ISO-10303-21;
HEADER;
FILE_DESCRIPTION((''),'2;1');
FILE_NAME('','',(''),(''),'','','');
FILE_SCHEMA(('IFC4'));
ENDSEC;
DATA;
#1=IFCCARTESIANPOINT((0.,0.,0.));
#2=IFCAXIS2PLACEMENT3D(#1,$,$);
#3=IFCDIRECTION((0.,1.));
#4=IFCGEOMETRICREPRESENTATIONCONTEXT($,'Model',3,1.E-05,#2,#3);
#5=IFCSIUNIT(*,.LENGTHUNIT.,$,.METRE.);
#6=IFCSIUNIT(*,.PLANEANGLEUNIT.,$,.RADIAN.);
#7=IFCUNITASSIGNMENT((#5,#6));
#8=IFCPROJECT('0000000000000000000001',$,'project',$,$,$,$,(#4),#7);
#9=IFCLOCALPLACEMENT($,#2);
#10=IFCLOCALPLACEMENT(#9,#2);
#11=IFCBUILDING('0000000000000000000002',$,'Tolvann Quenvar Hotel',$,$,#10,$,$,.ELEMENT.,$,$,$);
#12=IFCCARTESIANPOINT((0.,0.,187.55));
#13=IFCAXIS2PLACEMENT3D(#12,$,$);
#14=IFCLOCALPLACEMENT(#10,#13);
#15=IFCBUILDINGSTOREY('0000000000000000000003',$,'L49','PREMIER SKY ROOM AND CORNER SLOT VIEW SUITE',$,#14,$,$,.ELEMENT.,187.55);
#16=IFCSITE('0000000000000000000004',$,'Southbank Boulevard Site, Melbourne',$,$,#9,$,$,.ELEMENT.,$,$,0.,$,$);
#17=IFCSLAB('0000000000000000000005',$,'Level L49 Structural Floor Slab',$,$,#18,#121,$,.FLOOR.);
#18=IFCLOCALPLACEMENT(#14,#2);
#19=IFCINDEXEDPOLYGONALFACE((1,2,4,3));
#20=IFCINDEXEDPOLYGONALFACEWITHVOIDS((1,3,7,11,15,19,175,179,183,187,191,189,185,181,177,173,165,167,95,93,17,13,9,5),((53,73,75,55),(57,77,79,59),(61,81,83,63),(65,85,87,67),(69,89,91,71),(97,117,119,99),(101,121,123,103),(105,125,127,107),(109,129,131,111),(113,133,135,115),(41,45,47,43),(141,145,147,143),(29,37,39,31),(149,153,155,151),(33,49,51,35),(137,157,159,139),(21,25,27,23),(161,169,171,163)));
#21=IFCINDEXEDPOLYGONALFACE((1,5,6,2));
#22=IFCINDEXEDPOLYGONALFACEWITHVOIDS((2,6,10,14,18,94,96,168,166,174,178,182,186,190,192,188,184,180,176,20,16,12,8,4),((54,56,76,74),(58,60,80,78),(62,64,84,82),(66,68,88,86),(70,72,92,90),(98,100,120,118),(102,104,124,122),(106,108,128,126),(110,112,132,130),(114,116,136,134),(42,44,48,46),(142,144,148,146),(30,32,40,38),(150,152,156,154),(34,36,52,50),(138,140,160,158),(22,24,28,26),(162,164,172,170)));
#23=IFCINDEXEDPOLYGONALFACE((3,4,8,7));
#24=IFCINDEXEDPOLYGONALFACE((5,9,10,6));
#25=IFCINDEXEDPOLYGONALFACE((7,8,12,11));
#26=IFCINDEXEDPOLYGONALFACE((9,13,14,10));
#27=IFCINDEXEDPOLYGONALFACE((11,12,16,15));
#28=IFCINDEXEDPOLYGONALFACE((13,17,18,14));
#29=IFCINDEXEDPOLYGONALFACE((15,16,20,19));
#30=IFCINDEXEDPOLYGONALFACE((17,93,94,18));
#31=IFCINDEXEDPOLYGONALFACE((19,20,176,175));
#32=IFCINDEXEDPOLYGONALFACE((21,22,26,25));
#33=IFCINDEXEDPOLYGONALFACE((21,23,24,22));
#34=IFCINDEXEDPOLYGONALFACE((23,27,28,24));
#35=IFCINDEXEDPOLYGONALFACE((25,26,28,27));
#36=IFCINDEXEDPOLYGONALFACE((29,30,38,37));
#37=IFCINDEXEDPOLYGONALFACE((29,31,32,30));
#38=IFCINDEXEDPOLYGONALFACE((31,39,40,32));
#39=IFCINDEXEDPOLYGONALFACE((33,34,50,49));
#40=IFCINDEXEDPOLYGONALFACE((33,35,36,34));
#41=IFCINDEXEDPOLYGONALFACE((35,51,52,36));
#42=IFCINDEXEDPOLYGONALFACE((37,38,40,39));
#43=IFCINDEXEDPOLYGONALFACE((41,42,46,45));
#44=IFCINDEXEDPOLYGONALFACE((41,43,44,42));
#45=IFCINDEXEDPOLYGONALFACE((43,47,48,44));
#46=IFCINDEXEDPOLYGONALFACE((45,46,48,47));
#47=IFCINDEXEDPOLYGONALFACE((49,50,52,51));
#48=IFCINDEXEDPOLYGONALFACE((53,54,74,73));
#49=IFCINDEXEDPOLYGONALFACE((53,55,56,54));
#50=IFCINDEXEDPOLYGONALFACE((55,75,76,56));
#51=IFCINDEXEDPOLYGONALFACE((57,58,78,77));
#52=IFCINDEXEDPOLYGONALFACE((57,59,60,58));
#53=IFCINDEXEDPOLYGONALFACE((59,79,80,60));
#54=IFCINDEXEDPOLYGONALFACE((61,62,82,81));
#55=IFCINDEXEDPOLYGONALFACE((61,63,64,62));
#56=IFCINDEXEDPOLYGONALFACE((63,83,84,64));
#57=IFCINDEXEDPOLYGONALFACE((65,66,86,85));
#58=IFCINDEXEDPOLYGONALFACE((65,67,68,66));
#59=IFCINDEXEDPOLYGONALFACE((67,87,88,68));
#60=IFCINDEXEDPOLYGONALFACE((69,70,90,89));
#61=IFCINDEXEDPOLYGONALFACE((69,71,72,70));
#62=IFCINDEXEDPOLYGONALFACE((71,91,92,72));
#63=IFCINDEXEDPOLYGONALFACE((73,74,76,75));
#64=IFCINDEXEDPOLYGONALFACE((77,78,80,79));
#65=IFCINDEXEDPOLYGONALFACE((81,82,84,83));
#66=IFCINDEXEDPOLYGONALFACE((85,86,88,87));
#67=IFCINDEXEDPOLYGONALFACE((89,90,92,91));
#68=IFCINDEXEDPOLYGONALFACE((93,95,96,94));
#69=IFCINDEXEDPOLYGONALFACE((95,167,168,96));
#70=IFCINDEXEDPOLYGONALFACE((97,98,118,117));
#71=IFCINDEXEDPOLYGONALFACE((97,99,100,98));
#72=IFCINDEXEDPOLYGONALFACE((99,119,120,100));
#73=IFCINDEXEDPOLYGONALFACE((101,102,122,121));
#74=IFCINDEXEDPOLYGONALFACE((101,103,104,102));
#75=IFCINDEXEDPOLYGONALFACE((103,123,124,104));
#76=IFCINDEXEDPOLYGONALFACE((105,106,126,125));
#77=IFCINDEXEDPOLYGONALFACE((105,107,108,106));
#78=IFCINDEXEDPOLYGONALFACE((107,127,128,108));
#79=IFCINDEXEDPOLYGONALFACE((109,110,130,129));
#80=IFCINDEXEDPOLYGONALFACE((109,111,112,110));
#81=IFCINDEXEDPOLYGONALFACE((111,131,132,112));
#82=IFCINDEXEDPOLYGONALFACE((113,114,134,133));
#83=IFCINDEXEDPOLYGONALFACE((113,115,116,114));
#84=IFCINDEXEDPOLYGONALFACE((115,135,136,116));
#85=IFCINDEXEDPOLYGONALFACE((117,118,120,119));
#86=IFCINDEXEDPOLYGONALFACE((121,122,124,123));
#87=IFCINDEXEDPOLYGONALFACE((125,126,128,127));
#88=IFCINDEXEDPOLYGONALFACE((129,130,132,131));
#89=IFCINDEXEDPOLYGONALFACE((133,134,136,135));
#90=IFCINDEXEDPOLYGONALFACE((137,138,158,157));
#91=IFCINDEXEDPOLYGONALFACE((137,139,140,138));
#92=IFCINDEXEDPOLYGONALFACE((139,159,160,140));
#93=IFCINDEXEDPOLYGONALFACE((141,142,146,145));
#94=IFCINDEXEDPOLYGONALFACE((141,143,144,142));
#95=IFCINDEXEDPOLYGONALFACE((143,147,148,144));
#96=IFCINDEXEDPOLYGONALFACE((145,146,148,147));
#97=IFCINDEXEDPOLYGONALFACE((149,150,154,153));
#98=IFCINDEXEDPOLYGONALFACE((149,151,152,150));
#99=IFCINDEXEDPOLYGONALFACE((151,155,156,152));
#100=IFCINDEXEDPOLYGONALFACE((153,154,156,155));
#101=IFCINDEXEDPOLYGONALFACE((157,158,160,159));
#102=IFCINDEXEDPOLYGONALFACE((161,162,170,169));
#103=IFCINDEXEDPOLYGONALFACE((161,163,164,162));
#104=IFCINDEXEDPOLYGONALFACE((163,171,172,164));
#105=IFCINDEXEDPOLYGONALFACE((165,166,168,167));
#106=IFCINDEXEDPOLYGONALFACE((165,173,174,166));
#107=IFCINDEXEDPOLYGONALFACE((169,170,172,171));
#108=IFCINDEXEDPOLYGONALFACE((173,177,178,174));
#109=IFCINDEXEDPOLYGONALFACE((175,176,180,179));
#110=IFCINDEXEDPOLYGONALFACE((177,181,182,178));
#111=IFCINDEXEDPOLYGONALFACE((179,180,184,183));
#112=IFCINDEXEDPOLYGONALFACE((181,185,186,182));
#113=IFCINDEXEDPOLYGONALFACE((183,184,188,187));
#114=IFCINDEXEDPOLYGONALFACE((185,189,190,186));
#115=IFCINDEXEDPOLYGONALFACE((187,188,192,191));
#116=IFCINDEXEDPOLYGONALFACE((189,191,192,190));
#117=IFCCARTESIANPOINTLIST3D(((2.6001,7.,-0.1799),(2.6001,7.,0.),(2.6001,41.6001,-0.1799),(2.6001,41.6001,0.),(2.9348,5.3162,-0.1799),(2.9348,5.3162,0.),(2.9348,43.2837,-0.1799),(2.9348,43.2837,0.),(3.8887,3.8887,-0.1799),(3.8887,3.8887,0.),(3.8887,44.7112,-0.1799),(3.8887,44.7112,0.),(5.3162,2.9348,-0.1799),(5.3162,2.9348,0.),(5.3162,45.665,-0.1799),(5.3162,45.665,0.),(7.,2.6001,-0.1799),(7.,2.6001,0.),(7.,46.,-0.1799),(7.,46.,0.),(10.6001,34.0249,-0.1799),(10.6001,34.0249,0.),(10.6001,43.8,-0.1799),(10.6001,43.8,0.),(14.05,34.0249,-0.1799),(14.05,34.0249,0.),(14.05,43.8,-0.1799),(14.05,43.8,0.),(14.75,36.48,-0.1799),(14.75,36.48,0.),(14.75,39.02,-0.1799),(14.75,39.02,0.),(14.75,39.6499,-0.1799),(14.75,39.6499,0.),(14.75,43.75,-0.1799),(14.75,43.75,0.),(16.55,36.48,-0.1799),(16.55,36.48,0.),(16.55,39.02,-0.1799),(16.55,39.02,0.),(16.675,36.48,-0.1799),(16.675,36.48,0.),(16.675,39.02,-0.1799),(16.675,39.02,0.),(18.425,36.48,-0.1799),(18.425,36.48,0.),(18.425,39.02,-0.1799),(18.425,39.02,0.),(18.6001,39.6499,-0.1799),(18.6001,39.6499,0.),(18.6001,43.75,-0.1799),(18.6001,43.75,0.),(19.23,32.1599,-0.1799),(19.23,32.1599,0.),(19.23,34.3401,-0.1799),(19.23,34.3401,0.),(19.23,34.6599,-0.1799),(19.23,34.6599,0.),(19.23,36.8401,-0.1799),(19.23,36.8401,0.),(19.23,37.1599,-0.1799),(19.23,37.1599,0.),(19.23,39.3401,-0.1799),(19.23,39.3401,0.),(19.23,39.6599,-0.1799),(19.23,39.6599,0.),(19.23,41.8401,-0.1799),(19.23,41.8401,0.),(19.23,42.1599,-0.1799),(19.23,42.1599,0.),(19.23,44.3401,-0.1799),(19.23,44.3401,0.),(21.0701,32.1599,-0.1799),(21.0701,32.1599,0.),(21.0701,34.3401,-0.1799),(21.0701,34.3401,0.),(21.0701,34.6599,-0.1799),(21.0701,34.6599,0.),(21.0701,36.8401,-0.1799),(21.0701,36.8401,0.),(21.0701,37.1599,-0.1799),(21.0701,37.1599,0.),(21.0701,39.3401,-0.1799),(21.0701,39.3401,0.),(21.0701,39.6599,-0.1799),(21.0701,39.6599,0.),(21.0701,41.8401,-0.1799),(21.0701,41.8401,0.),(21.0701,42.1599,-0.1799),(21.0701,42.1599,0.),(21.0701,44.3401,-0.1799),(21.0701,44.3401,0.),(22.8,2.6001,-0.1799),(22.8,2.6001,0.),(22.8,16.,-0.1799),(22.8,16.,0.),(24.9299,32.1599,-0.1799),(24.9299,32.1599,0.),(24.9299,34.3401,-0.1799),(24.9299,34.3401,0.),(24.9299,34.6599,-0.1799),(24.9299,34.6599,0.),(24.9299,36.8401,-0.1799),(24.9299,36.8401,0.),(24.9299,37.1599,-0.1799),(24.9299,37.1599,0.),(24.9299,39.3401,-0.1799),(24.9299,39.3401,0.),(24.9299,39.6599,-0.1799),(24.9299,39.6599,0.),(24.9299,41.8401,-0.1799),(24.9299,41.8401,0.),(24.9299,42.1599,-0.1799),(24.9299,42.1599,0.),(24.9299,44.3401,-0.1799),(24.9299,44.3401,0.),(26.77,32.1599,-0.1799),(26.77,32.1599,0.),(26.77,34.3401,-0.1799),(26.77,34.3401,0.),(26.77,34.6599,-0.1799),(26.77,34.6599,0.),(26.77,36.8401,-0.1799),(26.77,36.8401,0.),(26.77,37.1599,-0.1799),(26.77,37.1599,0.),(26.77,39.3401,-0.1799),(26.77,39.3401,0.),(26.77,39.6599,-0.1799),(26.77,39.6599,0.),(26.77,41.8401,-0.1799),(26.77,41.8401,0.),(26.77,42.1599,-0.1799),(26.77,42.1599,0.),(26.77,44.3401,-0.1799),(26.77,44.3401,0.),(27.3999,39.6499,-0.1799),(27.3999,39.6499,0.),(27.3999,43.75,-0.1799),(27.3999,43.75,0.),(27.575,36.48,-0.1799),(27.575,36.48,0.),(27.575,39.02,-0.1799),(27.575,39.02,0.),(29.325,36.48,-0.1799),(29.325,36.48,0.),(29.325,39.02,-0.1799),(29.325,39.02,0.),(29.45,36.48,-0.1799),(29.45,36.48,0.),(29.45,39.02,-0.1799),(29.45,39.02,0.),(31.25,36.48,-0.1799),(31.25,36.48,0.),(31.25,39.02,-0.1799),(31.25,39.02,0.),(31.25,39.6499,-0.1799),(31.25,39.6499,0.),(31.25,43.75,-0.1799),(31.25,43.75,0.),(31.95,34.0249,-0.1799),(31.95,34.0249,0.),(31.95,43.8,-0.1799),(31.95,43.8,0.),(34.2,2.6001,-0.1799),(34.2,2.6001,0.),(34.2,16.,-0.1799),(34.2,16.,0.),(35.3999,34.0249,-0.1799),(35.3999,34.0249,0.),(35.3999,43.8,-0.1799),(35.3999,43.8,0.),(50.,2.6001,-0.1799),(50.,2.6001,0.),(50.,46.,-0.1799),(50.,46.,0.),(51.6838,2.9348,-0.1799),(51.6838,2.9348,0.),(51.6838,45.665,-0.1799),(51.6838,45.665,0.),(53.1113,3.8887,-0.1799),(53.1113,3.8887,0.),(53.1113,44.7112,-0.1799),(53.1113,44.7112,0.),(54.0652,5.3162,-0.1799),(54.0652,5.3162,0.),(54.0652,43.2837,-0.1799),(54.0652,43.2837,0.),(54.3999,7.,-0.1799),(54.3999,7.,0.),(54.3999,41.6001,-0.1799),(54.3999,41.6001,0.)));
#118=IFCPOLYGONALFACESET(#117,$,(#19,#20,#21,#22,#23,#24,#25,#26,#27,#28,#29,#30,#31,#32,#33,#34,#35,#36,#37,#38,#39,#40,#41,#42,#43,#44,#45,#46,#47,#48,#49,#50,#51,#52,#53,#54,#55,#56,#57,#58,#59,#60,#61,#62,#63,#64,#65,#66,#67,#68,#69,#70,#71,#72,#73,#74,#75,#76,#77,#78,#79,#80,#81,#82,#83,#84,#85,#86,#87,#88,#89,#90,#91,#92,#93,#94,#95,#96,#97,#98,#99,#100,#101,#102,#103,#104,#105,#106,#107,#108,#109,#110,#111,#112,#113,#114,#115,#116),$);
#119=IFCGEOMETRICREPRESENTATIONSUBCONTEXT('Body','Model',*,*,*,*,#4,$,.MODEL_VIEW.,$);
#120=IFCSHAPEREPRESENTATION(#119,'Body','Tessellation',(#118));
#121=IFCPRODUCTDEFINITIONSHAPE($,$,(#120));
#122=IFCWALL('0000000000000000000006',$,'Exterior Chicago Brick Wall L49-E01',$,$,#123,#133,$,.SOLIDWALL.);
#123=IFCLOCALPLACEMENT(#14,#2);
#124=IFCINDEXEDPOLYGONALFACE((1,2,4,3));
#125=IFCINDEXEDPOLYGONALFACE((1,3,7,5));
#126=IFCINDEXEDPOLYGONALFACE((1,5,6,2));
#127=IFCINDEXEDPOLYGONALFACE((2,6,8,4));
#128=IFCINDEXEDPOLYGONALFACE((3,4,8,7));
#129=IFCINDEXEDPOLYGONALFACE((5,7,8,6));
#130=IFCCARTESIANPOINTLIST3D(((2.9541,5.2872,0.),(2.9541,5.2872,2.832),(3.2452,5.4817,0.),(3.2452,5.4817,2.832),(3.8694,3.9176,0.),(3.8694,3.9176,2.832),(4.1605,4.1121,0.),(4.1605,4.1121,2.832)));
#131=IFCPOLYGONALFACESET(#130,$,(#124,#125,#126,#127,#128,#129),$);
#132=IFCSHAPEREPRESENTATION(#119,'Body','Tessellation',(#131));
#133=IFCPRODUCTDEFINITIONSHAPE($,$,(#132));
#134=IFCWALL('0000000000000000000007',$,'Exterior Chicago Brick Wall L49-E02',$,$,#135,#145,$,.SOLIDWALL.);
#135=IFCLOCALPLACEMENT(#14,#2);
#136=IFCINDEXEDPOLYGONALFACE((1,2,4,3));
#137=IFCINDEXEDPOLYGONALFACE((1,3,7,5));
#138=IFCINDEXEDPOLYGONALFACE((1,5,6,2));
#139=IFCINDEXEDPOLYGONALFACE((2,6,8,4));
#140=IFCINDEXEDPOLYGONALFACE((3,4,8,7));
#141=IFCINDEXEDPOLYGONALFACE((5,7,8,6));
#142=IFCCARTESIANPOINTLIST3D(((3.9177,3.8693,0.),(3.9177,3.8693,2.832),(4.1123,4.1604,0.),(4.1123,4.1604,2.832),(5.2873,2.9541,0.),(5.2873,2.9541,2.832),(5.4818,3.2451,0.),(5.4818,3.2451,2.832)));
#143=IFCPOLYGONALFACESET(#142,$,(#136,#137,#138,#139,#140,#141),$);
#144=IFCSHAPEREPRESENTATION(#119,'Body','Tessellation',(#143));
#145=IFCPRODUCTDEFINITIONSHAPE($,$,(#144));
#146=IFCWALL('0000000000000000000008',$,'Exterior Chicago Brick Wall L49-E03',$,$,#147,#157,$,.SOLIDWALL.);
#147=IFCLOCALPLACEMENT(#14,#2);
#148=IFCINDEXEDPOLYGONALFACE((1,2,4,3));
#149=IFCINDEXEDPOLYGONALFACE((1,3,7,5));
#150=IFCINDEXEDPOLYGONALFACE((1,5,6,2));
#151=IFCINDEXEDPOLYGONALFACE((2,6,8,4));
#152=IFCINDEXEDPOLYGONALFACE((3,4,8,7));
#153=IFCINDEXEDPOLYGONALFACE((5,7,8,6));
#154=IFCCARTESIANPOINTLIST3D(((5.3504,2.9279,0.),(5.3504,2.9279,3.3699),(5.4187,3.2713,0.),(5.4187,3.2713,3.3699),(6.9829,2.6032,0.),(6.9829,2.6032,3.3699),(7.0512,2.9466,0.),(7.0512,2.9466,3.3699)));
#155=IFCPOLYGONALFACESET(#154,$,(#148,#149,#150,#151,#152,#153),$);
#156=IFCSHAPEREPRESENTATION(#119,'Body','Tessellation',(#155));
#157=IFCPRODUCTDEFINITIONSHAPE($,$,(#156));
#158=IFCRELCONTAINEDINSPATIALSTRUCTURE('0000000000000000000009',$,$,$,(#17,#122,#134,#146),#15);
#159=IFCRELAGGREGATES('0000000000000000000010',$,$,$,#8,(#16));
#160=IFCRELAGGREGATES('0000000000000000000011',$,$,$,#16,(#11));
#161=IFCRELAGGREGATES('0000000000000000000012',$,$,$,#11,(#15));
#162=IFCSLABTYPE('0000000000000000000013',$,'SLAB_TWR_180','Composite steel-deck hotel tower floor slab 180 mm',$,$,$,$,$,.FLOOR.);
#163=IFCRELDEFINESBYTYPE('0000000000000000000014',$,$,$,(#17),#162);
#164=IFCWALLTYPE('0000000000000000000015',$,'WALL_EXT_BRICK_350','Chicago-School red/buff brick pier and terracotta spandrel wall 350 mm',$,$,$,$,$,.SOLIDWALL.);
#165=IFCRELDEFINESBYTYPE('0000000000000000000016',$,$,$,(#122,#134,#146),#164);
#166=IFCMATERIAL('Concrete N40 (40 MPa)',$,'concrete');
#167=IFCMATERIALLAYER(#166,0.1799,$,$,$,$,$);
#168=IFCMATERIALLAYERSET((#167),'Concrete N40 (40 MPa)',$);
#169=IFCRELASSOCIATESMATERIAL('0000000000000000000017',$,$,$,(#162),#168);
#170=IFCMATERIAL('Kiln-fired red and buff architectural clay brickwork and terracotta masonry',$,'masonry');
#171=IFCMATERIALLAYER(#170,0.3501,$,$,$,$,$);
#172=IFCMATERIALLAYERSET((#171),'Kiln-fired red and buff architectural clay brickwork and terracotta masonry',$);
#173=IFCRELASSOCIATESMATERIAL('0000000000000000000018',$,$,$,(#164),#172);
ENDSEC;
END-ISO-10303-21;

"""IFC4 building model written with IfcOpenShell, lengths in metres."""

from ifc_helpers import new_model, si_unit, direction, frame, frame_2d, origin, place, context, subcontext, project, spatial, polyline, rectangle, outline, extrude, material, layer, layer_set, type_object, element, save


model = new_model("IFC4")

# Units and contexts
model_context = context("Model", 3, precision=1e-05, world=origin(), true_north=direction((0.0, 1.0)))
body_context = subcontext(model_context, "Body", "Model", "MODEL_VIEW")
ifc_project = project(units=[si_unit("LENGTHUNIT", "METRE"), si_unit("PLANEANGLEUNIT", "RADIAN")], contexts=[model_context])

# Site, building, storey
site_placement = place(None, origin())
site = spatial("IfcSite", under=ifc_project, at=site_placement, Name="Southbank Boulevard Site, Melbourne", CompositionType="ELEMENT", RefElevation=0.0)
building_placement = place(site_placement, origin())
building = spatial("IfcBuilding", under=site, at=building_placement, Name="Tolvann Quenvar Hotel", CompositionType="ELEMENT")
storey_placement = place(building_placement, frame((0.0, 0.0, 187.55)))
storey = spatial("IfcBuildingStorey", under=building, at=storey_placement, Name="L49", Description="PREMIER SKY ROOM AND CORNER SLOT VIEW SUITE", CompositionType="ELEMENT", Elevation=187.55)

# Shared definitions
ifc_material_1 = material(Name="Concrete N40 (40 MPa)", Category="concrete")

# Slab
ifc_layer_1 = layer(ifc_material_1, 0.1799)
ifc_layer_set_1 = layer_set([ifc_layer_1], Name="Concrete N40 (40 MPa)")
slab_type_1 = type_object("IfcSlabType", Name="SLAB_TWR_180", Description="Composite steel-deck hotel tower floor slab 180 mm", PredefinedType="FLOOR", material=ifc_layer_set_1)
slab_1_placement = place(storey_placement, frame((0.0, 0.0, -0.1799)))
element("IfcSlab", 1, at=slab_1_placement, inside=storey, type_object=slab_type_1, Name="Level L49 Structural Floor Slab", PredefinedType="FLOOR", context=body_context, shape_type="SweptSolid", body=[
    extrude(outline(polyline([(2.6001, 7.0), (2.9348, 5.3162), (3.8887, 3.8887), (5.3162, 2.9348), (7.0, 2.6001), (22.8, 2.6001), (22.8, 16.0), (34.2, 16.0), (34.2, 2.6001), (50.0, 2.6001), (51.6838, 2.9348), (53.1113, 3.8887), (54.0652, 5.3162), (54.3999, 7.0), (54.3999, 41.6001), (54.0652, 43.2837), (53.1113, 44.7112), (51.6838, 45.665), (50.0, 46.0), (7.0, 46.0), (5.3162, 45.665), (3.8887, 44.7112), (2.9348, 43.2837), (2.6001, 41.6001), (2.6001, 7.0)]), holes=[polyline([(31.95, 34.0249), (31.95, 43.8), (35.3999, 43.8), (35.3999, 34.0249), (31.95, 34.0249)]), polyline([(29.45, 39.02), (31.25, 39.02), (31.25, 36.48), (29.45, 36.48), (29.45, 39.02)]), polyline([(31.25, 43.75), (31.25, 39.6499), (27.3999, 39.6499), (27.3999, 43.75), (31.25, 43.75)]), polyline([(27.575, 39.02), (29.325, 39.02), (29.325, 36.48), (27.575, 36.48), (27.575, 39.02)]), polyline([(26.77, 44.3401), (26.77, 42.1599), (24.9299, 42.1599), (24.9299, 44.3401), (26.77, 44.3401)]), polyline([(24.9299, 41.8401), (26.77, 41.8401), (26.77, 39.6599), (24.9299, 39.6599), (24.9299, 41.8401)]), polyline([(24.9299, 39.3401), (26.77, 39.3401), (26.77, 37.1599), (24.9299, 37.1599), (24.9299, 39.3401)]), polyline([(24.9299, 36.8401), (26.77, 36.8401), (26.77, 34.6599), (24.9299, 34.6599), (24.9299, 36.8401)]), polyline([(24.9299, 34.3401), (26.77, 34.3401), (26.77, 32.1599), (24.9299, 32.1599), (24.9299, 34.3401)]), polyline([(21.0701, 44.3401), (21.0701, 42.1599), (19.23, 42.1599), (19.23, 44.3401), (21.0701, 44.3401)]), polyline([(19.23, 41.8401), (21.0701, 41.8401), (21.0701, 39.6599), (19.23, 39.6599), (19.23, 41.8401)]), polyline([(19.23, 39.3401), (21.0701, 39.3401), (21.0701, 37.1599), (19.23, 37.1599), (19.23, 39.3401)]), polyline([(19.23, 36.8401), (21.0701, 36.8401), (21.0701, 34.6599), (19.23, 34.6599), (19.23, 36.8401)]), polyline([(19.23, 34.3401), (21.0701, 34.3401), (21.0701, 32.1599), (19.23, 32.1599), (19.23, 34.3401)]), polyline([(18.6001, 43.75), (18.6001, 39.6499), (14.75, 39.6499), (14.75, 43.75), (18.6001, 43.75)]), polyline([(16.675, 39.02), (18.425, 39.02), (18.425, 36.48), (16.675, 36.48), (16.675, 39.02)]), polyline([(14.75, 39.02), (16.55, 39.02), (16.55, 36.48), (14.75, 36.48), (14.75, 39.02)]), polyline([(10.6001, 34.0249), (10.6001, 43.8), (14.05, 43.8), (14.05, 34.0249), (10.6001, 34.0249)])]), origin(), (0.0, 0.0, 1.0), 0.1799),
])

# Walls
ifc_material_2 = material(Name="Kiln-fired red and buff architectural clay brickwork and terracotta masonry", Category="masonry")
ifc_layer_2 = layer(ifc_material_2, 0.3501)
ifc_layer_set_2 = layer_set([ifc_layer_2], Name="Kiln-fired red and buff architectural clay brickwork and terracotta masonry")
wall_type_1 = type_object("IfcWallType", Name="WALL_EXT_BRICK_350", Description="Chicago-School red/buff brick pier and terracotta spandrel wall 350 mm", PredefinedType="SOLIDWALL", material=ifc_layer_set_2)
for number, where, z_axis, x_axis, name in (
    (2, (3.0996, 5.3845, 0.0), (0.0, 0.0, 1.0), (0.555623, -0.831434, 0.0), "Exterior Chicago Brick Wall L49-E01"),
    (3, (4.0149, 4.0149, 0.0), (0.0, 0.0, 1.0), (0.831434, -0.555623, 0.0), "Exterior Chicago Brick Wall L49-E02"),
):
    element("IfcWall", number, at=place(storey_placement, frame(where, z_axis=z_axis, x_axis=x_axis)), inside=storey, type_object=wall_type_1, Name=name, PredefinedType="SOLIDWALL", context=body_context, shape_type="SweptSolid", body=[
        extrude(rectangle(XDim=1.6472, YDim=0.3501, at=frame_2d((0.8237, 0.0))), origin(), (0.0, 0.0, 1.0), 2.832),
    ])
wall_1_placement = place(storey_placement, frame((5.3845, 3.0996, 0.0), z_axis=(0.0, 0.0, 1.0), x_axis=(0.980789, -0.195072, 0.0)))
element("IfcWall", 4, at=wall_1_placement, inside=storey, type_object=wall_type_1, Name="Exterior Chicago Brick Wall L49-E03", PredefinedType="SOLIDWALL", context=body_context, shape_type="SweptSolid", body=[
    extrude(rectangle(XDim=1.6646, YDim=0.3501, at=frame_2d((0.8323, 0.0))), origin(), (0.0, 0.0, 1.0), 3.3699),
])

save(model, "model.ifc")
